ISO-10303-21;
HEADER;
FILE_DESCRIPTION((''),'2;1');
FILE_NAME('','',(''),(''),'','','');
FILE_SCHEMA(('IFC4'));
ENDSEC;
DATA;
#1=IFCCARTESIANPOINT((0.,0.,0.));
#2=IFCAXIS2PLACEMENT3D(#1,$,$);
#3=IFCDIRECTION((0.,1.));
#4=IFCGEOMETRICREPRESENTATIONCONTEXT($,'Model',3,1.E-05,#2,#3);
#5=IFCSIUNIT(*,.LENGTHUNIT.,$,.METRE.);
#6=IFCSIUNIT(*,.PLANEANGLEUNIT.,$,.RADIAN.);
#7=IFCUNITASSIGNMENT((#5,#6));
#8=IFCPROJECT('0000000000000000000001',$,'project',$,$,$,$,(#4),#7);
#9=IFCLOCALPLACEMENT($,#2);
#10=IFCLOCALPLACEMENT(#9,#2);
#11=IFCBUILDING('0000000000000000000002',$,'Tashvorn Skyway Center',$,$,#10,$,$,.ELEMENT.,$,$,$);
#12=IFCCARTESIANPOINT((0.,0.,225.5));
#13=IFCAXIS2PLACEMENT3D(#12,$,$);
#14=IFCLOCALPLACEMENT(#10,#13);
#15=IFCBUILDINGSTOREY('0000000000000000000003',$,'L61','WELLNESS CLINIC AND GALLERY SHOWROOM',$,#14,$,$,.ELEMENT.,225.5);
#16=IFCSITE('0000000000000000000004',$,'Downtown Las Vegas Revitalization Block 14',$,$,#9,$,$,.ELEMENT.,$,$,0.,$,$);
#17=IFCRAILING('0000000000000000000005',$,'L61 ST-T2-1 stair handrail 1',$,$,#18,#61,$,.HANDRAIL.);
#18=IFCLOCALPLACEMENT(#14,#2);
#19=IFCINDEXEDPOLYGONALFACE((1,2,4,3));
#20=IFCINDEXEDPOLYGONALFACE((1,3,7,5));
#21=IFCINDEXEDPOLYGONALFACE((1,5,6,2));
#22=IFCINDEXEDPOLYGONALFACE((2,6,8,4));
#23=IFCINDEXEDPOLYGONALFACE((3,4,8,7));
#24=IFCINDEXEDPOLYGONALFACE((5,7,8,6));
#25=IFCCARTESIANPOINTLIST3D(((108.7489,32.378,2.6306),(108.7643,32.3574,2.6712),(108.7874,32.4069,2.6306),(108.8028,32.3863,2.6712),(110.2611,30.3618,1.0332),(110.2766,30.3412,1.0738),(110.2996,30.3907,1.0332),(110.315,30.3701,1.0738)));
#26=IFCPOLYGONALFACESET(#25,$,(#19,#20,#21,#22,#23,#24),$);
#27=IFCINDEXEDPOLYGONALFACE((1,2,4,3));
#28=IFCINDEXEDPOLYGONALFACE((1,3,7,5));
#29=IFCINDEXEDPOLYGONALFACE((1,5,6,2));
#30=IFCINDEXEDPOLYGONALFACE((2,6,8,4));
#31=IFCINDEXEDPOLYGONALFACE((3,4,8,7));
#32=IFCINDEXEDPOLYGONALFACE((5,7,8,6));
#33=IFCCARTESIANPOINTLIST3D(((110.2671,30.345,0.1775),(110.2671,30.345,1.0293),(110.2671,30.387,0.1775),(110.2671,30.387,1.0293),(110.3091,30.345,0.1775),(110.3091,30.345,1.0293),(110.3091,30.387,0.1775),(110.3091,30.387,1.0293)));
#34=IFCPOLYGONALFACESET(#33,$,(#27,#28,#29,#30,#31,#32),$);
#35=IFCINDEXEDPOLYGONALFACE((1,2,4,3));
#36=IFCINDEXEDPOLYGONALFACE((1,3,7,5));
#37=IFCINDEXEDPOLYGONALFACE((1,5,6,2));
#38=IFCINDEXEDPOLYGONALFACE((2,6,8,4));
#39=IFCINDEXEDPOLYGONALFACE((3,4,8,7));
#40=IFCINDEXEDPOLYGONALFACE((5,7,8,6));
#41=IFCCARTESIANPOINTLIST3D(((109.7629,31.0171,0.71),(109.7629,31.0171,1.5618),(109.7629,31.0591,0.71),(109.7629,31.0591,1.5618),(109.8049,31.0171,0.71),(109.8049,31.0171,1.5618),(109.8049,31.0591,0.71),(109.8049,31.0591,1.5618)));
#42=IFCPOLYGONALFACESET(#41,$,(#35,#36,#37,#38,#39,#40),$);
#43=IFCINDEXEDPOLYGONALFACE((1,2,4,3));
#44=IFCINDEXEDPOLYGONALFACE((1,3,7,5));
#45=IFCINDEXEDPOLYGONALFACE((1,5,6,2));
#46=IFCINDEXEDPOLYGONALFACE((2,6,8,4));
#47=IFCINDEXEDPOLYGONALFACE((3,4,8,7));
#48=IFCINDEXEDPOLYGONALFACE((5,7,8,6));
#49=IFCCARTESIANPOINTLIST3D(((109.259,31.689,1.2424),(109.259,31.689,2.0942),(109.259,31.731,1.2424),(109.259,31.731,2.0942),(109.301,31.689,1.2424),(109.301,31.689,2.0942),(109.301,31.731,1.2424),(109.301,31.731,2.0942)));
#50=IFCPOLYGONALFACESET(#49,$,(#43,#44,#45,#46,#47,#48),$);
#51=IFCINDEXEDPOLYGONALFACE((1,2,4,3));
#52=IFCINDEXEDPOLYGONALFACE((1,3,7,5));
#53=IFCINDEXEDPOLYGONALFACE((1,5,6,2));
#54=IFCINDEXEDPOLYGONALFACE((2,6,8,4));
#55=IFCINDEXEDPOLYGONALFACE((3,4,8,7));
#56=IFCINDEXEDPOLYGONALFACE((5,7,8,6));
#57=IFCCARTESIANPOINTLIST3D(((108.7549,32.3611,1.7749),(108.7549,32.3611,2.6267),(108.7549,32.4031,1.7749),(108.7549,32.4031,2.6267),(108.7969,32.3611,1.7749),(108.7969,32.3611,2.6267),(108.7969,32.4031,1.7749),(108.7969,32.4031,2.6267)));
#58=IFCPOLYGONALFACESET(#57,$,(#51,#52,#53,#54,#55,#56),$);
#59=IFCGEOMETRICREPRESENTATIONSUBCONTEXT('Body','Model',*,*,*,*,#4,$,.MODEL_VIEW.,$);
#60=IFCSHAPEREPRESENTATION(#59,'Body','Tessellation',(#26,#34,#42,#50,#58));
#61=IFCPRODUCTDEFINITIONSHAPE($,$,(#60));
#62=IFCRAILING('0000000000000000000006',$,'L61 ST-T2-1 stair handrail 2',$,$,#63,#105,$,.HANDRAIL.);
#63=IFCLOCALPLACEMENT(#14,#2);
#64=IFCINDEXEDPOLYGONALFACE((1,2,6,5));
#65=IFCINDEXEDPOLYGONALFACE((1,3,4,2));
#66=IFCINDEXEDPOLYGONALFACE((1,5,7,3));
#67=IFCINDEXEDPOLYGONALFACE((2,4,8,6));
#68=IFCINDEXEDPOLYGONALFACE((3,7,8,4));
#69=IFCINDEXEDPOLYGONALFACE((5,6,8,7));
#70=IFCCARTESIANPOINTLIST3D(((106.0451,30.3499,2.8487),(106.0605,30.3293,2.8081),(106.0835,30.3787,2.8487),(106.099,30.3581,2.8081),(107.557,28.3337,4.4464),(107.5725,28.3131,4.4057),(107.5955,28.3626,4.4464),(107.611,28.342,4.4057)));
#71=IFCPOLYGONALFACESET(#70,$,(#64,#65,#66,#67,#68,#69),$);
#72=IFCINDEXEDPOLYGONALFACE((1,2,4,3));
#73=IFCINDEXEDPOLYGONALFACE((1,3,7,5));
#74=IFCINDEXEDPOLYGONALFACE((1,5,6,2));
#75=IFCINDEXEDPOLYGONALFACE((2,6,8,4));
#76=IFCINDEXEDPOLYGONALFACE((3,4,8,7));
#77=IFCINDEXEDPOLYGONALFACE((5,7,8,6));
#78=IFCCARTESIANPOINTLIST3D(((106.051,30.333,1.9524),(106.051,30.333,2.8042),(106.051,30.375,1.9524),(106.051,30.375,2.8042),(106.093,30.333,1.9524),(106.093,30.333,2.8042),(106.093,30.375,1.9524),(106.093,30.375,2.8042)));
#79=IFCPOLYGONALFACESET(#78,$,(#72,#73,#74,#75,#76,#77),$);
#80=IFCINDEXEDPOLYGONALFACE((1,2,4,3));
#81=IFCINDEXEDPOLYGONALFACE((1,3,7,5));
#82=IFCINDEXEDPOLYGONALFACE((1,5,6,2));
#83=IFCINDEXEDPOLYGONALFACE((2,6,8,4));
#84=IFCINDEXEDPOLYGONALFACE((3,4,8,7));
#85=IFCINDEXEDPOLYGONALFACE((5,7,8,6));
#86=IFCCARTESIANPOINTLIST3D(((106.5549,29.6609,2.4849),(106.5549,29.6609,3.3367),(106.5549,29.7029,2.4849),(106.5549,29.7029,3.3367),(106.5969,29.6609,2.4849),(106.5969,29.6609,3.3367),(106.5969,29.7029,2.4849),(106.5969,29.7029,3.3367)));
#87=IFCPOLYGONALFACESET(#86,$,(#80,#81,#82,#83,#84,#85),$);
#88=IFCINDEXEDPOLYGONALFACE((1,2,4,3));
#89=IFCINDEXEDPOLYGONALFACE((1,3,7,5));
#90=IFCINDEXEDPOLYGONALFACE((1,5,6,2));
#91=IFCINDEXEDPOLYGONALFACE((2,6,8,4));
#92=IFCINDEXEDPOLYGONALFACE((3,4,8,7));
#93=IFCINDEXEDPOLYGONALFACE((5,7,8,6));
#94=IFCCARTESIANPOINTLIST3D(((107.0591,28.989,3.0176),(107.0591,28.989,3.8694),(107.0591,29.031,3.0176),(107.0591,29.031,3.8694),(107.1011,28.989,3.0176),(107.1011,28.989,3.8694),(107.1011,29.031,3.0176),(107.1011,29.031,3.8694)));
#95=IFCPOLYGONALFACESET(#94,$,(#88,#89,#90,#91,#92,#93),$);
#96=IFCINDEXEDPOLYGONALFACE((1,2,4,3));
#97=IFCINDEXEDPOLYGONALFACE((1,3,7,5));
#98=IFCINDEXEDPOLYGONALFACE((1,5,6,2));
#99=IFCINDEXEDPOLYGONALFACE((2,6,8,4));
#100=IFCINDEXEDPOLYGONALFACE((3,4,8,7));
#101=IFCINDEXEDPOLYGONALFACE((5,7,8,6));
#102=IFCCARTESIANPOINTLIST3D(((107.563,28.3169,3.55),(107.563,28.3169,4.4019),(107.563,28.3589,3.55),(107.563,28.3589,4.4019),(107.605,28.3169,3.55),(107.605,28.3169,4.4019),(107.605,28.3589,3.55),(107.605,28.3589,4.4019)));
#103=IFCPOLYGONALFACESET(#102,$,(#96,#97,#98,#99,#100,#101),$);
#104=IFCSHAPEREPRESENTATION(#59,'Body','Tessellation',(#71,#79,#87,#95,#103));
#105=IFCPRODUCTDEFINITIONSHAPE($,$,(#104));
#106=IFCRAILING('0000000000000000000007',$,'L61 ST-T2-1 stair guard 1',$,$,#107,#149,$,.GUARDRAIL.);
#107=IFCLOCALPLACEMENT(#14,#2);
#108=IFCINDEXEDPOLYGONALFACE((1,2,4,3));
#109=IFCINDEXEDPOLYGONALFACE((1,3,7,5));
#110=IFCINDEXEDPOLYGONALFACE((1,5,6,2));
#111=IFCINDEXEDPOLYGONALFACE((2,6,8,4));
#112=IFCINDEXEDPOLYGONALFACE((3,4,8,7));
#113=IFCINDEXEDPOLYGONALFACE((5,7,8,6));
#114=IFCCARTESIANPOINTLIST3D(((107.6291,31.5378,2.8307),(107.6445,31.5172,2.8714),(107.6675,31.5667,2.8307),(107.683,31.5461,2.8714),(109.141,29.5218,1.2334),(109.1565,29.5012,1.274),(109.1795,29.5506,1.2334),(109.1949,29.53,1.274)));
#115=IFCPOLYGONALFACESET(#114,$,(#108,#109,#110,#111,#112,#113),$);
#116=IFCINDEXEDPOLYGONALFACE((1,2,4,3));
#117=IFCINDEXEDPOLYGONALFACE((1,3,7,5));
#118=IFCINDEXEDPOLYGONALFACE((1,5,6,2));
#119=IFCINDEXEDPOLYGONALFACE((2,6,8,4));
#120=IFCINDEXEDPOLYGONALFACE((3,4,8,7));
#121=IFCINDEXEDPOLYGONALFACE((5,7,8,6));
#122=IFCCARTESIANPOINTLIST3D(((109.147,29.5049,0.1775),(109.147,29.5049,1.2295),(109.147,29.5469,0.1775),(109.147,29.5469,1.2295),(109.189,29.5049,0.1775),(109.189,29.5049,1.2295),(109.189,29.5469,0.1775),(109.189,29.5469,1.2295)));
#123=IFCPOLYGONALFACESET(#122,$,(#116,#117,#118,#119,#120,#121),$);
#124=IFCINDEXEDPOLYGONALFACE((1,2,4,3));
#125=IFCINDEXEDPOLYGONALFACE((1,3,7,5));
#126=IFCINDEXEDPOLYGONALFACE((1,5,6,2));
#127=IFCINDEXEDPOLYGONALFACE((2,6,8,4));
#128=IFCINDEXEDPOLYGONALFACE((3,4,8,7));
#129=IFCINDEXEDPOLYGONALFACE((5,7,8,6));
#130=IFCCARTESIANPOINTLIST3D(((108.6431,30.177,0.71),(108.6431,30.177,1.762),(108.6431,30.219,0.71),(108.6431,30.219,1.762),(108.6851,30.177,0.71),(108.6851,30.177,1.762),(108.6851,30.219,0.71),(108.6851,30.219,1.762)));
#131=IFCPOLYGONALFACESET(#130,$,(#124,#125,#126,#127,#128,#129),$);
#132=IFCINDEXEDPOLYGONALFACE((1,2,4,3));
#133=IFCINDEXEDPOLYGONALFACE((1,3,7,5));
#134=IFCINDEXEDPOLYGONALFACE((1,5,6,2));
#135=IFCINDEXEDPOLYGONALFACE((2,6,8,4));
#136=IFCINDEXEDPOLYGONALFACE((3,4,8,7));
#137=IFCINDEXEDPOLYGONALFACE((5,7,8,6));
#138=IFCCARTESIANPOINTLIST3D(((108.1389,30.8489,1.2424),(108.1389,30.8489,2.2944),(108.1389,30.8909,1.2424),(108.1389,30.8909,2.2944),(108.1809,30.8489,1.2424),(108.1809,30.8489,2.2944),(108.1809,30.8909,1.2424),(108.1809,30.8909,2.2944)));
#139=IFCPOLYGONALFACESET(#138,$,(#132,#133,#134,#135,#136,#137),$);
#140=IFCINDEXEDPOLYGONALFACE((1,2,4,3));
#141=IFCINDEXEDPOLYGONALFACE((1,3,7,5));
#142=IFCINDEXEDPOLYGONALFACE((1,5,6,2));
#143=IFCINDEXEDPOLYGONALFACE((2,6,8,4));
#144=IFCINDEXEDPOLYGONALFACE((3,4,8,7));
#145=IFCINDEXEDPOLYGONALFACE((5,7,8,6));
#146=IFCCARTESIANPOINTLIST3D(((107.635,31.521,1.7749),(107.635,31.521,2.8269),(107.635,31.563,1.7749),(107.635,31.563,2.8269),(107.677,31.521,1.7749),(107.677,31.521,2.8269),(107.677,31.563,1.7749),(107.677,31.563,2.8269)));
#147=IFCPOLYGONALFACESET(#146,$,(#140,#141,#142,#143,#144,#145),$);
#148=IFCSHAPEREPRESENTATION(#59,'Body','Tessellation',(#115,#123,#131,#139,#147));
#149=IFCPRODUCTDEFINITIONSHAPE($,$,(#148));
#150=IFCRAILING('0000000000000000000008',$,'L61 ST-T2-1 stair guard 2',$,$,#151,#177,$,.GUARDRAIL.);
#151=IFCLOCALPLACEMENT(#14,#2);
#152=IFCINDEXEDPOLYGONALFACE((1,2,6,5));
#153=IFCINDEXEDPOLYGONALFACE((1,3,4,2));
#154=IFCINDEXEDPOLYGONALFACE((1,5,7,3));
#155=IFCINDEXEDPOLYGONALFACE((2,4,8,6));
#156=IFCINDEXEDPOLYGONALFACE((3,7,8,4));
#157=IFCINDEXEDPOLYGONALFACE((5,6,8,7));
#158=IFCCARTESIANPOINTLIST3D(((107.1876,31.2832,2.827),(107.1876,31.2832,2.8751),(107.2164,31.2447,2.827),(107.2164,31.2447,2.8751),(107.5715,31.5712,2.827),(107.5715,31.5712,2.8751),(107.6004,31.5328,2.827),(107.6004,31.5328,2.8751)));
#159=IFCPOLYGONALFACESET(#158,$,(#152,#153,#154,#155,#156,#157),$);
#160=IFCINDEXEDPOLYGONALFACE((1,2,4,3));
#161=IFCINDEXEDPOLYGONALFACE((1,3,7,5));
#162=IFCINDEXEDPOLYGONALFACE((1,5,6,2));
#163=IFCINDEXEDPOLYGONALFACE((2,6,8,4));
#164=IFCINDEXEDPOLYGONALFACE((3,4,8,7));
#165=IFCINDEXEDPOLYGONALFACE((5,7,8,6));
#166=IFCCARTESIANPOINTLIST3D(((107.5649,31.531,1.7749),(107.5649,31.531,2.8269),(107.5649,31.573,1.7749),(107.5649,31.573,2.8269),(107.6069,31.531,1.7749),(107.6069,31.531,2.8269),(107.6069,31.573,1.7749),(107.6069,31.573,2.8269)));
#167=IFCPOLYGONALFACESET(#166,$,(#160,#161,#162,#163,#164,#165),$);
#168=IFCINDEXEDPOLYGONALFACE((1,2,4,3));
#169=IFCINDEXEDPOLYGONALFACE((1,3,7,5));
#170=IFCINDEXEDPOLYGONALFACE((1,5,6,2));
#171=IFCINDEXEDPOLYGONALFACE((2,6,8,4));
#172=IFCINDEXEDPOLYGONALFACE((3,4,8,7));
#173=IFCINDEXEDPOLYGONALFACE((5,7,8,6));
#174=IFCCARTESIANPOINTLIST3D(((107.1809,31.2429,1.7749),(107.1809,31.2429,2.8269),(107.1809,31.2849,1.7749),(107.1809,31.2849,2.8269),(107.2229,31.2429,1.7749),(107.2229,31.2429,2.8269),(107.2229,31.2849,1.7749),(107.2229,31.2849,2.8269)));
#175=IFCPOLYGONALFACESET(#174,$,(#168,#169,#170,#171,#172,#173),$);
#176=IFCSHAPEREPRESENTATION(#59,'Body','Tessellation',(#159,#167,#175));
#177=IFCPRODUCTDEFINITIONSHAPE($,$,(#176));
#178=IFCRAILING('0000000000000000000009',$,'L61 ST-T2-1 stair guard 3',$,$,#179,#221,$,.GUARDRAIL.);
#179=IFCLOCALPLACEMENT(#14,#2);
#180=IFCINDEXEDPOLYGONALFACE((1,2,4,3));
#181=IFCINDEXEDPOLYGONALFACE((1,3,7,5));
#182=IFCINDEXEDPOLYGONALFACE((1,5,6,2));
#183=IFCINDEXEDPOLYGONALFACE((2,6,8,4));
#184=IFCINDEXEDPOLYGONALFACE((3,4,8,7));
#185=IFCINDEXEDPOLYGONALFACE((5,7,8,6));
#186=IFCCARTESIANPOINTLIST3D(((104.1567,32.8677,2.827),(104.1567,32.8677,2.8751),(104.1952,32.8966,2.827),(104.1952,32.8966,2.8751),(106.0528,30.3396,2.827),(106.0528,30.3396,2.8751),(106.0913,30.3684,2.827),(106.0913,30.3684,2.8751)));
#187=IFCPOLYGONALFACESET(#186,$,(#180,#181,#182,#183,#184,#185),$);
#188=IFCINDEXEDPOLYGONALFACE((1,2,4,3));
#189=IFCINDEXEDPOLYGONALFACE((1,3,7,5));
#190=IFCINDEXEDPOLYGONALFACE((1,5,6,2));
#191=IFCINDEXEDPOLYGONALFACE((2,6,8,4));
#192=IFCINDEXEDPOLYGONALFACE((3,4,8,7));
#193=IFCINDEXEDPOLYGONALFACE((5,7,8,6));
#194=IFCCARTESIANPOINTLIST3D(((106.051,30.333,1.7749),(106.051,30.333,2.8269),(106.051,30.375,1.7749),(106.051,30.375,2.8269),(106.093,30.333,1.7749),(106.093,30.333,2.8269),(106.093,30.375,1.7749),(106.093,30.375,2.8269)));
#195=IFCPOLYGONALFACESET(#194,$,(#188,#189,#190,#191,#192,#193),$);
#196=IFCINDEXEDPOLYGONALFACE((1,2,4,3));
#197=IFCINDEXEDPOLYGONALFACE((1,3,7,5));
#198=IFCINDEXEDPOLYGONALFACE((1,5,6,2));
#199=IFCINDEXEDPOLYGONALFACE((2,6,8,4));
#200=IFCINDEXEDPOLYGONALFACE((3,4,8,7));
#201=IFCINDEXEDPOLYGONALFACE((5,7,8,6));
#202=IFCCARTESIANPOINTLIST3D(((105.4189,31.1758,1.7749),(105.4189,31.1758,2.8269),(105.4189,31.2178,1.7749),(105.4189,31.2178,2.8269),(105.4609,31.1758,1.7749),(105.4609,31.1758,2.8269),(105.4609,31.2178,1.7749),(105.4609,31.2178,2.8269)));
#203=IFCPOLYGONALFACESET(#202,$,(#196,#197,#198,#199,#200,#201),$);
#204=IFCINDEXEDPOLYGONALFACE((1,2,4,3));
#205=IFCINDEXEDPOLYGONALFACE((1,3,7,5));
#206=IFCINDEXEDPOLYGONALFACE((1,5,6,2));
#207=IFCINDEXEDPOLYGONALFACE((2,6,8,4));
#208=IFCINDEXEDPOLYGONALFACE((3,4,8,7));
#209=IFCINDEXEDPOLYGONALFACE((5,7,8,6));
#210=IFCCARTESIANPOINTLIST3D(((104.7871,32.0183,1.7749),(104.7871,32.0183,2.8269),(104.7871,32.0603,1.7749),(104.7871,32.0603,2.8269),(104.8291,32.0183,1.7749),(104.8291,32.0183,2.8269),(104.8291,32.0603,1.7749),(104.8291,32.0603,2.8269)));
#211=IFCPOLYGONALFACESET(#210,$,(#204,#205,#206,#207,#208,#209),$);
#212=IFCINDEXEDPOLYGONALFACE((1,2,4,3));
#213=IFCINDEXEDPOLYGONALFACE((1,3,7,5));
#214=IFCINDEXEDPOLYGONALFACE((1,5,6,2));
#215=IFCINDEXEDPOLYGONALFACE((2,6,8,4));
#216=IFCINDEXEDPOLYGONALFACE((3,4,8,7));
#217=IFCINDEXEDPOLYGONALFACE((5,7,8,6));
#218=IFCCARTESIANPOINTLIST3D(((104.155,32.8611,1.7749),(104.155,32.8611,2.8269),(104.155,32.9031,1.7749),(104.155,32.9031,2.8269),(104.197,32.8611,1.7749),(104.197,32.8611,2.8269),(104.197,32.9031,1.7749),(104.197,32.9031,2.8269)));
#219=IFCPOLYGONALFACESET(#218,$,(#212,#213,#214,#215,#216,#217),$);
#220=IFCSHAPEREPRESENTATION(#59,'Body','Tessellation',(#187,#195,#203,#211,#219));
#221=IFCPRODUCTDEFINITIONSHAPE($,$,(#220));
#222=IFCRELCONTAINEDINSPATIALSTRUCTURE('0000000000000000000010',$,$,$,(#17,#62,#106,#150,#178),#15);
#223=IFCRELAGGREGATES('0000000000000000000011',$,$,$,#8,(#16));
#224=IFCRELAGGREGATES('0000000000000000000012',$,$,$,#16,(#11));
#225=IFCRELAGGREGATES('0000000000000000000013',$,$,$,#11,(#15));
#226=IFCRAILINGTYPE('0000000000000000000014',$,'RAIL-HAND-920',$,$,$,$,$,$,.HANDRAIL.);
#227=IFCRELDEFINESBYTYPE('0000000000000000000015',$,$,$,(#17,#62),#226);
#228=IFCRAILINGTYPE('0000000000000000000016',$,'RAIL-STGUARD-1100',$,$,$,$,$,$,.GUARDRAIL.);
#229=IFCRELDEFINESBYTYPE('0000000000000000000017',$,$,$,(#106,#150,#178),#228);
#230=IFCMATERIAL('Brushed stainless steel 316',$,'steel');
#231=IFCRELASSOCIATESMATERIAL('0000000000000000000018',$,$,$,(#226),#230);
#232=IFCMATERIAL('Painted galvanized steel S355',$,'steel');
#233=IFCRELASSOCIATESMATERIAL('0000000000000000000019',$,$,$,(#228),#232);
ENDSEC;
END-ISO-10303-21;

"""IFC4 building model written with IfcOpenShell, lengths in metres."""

from ifc_helpers import new_model, si_unit, direction, frame, origin, origin_2d, place, context, subcontext, project, spatial, rectangle, extrude, material, type_object, element, save


model = new_model("IFC4")

# Units and contexts
model_context = context("Model", 3, precision=1e-05, world=origin(), true_north=direction((0.0, 1.0)))
body_context = subcontext(model_context, "Body", "Model", "MODEL_VIEW")
ifc_project = project(units=[si_unit("LENGTHUNIT", "METRE"), si_unit("PLANEANGLEUNIT", "RADIAN")], contexts=[model_context])

# Site, building, storey
site_placement = place(None, origin())
site = spatial("IfcSite", under=ifc_project, at=site_placement, Name="Downtown Las Vegas Revitalization Block 14", CompositionType="ELEMENT", RefElevation=0.0)
building_placement = place(site_placement, origin())
building = spatial("IfcBuilding", under=site, at=building_placement, Name="Tashvorn Skyway Center", CompositionType="ELEMENT")
storey_placement = place(building_placement, frame((0.0, 0.0, 225.5)))
storey = spatial("IfcBuildingStorey", under=building, at=storey_placement, Name="L61", Description="WELLNESS CLINIC AND GALLERY SHOWROOM", CompositionType="ELEMENT", Elevation=225.5)

# Railings
ifc_material_1 = material(Name="Brushed stainless steel 316", Category="steel")
railing_type_1 = type_object("IfcRailingType", Name="RAIL-HAND-920", PredefinedType="HANDRAIL", material=ifc_material_1)
railing_1_placement = place(storey_placement, frame((110.2881, 30.366, 0.1775)))
element("IfcRailing", 1, at=railing_1_placement, inside=storey, type_object=railing_type_1, Name="L61 ST-T2-1 stair handrail 1", PredefinedType="HANDRAIL", context=body_context, shape_type="SweptSolid", body=[
    extrude(rectangle(XDim=0.0481, YDim=0.0481, at=origin_2d()), frame((0.0, 0.0, 0.876), z_axis=(-0.506802, 0.675681, 0.535357), x_axis=(-0.799977, -0.600031, 0.0)), (0.0, 0.0, 1.0), 2.9839),
    extrude(rectangle(XDim=0.042, YDim=0.042, at=origin_2d()), origin(), (0.0, 0.0, 1.0), 0.8518),
    extrude(rectangle(XDim=0.042, YDim=0.042, at=origin_2d()), frame((-0.5042, 0.6721, 0.5325)), (0.0, 0.0, 1.0), 0.8518),
    extrude(rectangle(XDim=0.042, YDim=0.042, at=origin_2d()), frame((-1.0081, 1.344, 1.0649)), (0.0, 0.0, 1.0), 0.8518),
    extrude(rectangle(XDim=0.042, YDim=0.042, at=origin_2d()), frame((-1.5122, 2.0161, 1.5974)), (0.0, 0.0, 1.0), 0.8518),
])
railing_2_placement = place(storey_placement, frame((106.072, 30.354, 1.9524)))
element("IfcRailing", 2, at=railing_2_placement, inside=storey, type_object=railing_type_1, Name="L61 ST-T2-1 stair handrail 2", PredefinedType="HANDRAIL", context=body_context, shape_type="SweptSolid", body=[
    extrude(rectangle(XDim=0.0481, YDim=0.0481, at=origin_2d()), frame((0.0, 0.0, 0.876), z_axis=(0.506719, -0.675679, 0.535438), x_axis=(0.800023, 0.599969, 0.0)), (0.0, 0.0, 1.0), 2.9839),
    extrude(rectangle(XDim=0.042, YDim=0.042, at=origin_2d()), origin(), (0.0, 0.0, 1.0), 0.8518),
    extrude(rectangle(XDim=0.042, YDim=0.042, at=origin_2d()), frame((0.5039, -0.6721, 0.5325)), (0.0, 0.0, 1.0), 0.8518),
    extrude(rectangle(XDim=0.042, YDim=0.042, at=origin_2d()), frame((1.0081, -1.344, 1.0652)), (0.0, 0.0, 1.0), 0.8518),
    extrude(rectangle(XDim=0.042, YDim=0.042, at=origin_2d()), frame((1.512, -2.0161, 1.5977)), (0.0, 0.0, 1.0), 0.8518),
])
ifc_material_2 = material(Name="Painted galvanized steel S355", Category="steel")
railing_type_2 = type_object("IfcRailingType", Name="RAIL-STGUARD-1100", PredefinedType="GUARDRAIL", material=ifc_material_2)
railing_3_placement = place(storey_placement, frame((109.168, 29.5259, 0.1775)))
element("IfcRailing", 3, at=railing_3_placement, inside=storey, type_object=railing_type_2, Name="L61 ST-T2-1 stair guard 1", PredefinedType="GUARDRAIL", context=body_context, shape_type="SweptSolid", body=[
    extrude(rectangle(XDim=0.0481, YDim=0.0481, at=origin_2d()), frame((0.0, 0.0, 1.0762), z_axis=(-0.506741, 0.675709, 0.535379), x_axis=(-0.800023, -0.599969, 0.0)), (0.0, 0.0, 1.0), 2.9836),
    extrude(rectangle(XDim=0.042, YDim=0.042, at=origin_2d()), origin(), (0.0, 0.0, 1.0), 1.052),
    extrude(rectangle(XDim=0.042, YDim=0.042, at=origin_2d()), frame((-0.5039, 0.6721, 0.5325)), (0.0, 0.0, 1.0), 1.052),
    extrude(rectangle(XDim=0.042, YDim=0.042, at=origin_2d()), frame((-1.0081, 1.344, 1.0649)), (0.0, 0.0, 1.0), 1.052),
    extrude(rectangle(XDim=0.042, YDim=0.042, at=origin_2d()), frame((-1.512, 2.0161, 1.5974)), (0.0, 0.0, 1.0), 1.052),
])
railing_4_placement = place(storey_placement, frame((107.5859, 31.552, 1.7749)))
element("IfcRailing", 4, at=railing_4_placement, inside=storey, type_object=railing_type_2, Name="L61 ST-T2-1 stair guard 2", PredefinedType="GUARDRAIL", context=body_context, shape_type="SweptSolid", body=[
    extrude(rectangle(XDim=0.0481, YDim=0.0481, at=origin_2d()), frame((0.0, 0.0, 1.0762), z_axis=(-0.799939, -0.600081, 0.0), x_axis=(0.600081, -0.799939, 0.0)), (0.0, 0.0, 1.0), 0.48),
    extrude(rectangle(XDim=0.042, YDim=0.042, at=origin_2d()), origin(), (0.0, 0.0, 1.0), 1.052),
    extrude(rectangle(XDim=0.042, YDim=0.042, at=origin_2d()), frame((-0.384, -0.2881, 0.0)), (0.0, 0.0, 1.0), 1.052),
])
railing_5_placement = place(storey_placement, frame((106.072, 30.354, 1.7749)))
element("IfcRailing", 5, at=railing_5_placement, inside=storey, type_object=railing_type_2, Name="L61 ST-T2-1 stair guard 3", PredefinedType="GUARDRAIL", context=body_context, shape_type="SweptSolid", body=[
    extrude(rectangle(XDim=0.0481, YDim=0.0481, at=origin_2d()), frame((0.0, 0.0, 1.0762), z_axis=(-0.599988, 0.800009, 0.0), x_axis=(-0.800009, -0.599988, 0.0)), (0.0, 0.0, 1.0), 3.1602),
    extrude(rectangle(XDim=0.042, YDim=0.042, at=origin_2d()), origin(), (0.0, 0.0, 1.0), 1.052),
    extrude(rectangle(XDim=0.042, YDim=0.042, at=origin_2d()), frame((-0.6321, 0.8428, 0.0)), (0.0, 0.0, 1.0), 1.052),
    extrude(rectangle(XDim=0.042, YDim=0.042, at=origin_2d()), frame((-1.2639, 1.6853, 0.0)), (0.0, 0.0, 1.0), 1.052),
    extrude(rectangle(XDim=0.042, YDim=0.042, at=origin_2d()), frame((-1.896, 2.5281, 0.0)), (0.0, 0.0, 1.0), 1.052),
])

save(model, "model.ifc")
